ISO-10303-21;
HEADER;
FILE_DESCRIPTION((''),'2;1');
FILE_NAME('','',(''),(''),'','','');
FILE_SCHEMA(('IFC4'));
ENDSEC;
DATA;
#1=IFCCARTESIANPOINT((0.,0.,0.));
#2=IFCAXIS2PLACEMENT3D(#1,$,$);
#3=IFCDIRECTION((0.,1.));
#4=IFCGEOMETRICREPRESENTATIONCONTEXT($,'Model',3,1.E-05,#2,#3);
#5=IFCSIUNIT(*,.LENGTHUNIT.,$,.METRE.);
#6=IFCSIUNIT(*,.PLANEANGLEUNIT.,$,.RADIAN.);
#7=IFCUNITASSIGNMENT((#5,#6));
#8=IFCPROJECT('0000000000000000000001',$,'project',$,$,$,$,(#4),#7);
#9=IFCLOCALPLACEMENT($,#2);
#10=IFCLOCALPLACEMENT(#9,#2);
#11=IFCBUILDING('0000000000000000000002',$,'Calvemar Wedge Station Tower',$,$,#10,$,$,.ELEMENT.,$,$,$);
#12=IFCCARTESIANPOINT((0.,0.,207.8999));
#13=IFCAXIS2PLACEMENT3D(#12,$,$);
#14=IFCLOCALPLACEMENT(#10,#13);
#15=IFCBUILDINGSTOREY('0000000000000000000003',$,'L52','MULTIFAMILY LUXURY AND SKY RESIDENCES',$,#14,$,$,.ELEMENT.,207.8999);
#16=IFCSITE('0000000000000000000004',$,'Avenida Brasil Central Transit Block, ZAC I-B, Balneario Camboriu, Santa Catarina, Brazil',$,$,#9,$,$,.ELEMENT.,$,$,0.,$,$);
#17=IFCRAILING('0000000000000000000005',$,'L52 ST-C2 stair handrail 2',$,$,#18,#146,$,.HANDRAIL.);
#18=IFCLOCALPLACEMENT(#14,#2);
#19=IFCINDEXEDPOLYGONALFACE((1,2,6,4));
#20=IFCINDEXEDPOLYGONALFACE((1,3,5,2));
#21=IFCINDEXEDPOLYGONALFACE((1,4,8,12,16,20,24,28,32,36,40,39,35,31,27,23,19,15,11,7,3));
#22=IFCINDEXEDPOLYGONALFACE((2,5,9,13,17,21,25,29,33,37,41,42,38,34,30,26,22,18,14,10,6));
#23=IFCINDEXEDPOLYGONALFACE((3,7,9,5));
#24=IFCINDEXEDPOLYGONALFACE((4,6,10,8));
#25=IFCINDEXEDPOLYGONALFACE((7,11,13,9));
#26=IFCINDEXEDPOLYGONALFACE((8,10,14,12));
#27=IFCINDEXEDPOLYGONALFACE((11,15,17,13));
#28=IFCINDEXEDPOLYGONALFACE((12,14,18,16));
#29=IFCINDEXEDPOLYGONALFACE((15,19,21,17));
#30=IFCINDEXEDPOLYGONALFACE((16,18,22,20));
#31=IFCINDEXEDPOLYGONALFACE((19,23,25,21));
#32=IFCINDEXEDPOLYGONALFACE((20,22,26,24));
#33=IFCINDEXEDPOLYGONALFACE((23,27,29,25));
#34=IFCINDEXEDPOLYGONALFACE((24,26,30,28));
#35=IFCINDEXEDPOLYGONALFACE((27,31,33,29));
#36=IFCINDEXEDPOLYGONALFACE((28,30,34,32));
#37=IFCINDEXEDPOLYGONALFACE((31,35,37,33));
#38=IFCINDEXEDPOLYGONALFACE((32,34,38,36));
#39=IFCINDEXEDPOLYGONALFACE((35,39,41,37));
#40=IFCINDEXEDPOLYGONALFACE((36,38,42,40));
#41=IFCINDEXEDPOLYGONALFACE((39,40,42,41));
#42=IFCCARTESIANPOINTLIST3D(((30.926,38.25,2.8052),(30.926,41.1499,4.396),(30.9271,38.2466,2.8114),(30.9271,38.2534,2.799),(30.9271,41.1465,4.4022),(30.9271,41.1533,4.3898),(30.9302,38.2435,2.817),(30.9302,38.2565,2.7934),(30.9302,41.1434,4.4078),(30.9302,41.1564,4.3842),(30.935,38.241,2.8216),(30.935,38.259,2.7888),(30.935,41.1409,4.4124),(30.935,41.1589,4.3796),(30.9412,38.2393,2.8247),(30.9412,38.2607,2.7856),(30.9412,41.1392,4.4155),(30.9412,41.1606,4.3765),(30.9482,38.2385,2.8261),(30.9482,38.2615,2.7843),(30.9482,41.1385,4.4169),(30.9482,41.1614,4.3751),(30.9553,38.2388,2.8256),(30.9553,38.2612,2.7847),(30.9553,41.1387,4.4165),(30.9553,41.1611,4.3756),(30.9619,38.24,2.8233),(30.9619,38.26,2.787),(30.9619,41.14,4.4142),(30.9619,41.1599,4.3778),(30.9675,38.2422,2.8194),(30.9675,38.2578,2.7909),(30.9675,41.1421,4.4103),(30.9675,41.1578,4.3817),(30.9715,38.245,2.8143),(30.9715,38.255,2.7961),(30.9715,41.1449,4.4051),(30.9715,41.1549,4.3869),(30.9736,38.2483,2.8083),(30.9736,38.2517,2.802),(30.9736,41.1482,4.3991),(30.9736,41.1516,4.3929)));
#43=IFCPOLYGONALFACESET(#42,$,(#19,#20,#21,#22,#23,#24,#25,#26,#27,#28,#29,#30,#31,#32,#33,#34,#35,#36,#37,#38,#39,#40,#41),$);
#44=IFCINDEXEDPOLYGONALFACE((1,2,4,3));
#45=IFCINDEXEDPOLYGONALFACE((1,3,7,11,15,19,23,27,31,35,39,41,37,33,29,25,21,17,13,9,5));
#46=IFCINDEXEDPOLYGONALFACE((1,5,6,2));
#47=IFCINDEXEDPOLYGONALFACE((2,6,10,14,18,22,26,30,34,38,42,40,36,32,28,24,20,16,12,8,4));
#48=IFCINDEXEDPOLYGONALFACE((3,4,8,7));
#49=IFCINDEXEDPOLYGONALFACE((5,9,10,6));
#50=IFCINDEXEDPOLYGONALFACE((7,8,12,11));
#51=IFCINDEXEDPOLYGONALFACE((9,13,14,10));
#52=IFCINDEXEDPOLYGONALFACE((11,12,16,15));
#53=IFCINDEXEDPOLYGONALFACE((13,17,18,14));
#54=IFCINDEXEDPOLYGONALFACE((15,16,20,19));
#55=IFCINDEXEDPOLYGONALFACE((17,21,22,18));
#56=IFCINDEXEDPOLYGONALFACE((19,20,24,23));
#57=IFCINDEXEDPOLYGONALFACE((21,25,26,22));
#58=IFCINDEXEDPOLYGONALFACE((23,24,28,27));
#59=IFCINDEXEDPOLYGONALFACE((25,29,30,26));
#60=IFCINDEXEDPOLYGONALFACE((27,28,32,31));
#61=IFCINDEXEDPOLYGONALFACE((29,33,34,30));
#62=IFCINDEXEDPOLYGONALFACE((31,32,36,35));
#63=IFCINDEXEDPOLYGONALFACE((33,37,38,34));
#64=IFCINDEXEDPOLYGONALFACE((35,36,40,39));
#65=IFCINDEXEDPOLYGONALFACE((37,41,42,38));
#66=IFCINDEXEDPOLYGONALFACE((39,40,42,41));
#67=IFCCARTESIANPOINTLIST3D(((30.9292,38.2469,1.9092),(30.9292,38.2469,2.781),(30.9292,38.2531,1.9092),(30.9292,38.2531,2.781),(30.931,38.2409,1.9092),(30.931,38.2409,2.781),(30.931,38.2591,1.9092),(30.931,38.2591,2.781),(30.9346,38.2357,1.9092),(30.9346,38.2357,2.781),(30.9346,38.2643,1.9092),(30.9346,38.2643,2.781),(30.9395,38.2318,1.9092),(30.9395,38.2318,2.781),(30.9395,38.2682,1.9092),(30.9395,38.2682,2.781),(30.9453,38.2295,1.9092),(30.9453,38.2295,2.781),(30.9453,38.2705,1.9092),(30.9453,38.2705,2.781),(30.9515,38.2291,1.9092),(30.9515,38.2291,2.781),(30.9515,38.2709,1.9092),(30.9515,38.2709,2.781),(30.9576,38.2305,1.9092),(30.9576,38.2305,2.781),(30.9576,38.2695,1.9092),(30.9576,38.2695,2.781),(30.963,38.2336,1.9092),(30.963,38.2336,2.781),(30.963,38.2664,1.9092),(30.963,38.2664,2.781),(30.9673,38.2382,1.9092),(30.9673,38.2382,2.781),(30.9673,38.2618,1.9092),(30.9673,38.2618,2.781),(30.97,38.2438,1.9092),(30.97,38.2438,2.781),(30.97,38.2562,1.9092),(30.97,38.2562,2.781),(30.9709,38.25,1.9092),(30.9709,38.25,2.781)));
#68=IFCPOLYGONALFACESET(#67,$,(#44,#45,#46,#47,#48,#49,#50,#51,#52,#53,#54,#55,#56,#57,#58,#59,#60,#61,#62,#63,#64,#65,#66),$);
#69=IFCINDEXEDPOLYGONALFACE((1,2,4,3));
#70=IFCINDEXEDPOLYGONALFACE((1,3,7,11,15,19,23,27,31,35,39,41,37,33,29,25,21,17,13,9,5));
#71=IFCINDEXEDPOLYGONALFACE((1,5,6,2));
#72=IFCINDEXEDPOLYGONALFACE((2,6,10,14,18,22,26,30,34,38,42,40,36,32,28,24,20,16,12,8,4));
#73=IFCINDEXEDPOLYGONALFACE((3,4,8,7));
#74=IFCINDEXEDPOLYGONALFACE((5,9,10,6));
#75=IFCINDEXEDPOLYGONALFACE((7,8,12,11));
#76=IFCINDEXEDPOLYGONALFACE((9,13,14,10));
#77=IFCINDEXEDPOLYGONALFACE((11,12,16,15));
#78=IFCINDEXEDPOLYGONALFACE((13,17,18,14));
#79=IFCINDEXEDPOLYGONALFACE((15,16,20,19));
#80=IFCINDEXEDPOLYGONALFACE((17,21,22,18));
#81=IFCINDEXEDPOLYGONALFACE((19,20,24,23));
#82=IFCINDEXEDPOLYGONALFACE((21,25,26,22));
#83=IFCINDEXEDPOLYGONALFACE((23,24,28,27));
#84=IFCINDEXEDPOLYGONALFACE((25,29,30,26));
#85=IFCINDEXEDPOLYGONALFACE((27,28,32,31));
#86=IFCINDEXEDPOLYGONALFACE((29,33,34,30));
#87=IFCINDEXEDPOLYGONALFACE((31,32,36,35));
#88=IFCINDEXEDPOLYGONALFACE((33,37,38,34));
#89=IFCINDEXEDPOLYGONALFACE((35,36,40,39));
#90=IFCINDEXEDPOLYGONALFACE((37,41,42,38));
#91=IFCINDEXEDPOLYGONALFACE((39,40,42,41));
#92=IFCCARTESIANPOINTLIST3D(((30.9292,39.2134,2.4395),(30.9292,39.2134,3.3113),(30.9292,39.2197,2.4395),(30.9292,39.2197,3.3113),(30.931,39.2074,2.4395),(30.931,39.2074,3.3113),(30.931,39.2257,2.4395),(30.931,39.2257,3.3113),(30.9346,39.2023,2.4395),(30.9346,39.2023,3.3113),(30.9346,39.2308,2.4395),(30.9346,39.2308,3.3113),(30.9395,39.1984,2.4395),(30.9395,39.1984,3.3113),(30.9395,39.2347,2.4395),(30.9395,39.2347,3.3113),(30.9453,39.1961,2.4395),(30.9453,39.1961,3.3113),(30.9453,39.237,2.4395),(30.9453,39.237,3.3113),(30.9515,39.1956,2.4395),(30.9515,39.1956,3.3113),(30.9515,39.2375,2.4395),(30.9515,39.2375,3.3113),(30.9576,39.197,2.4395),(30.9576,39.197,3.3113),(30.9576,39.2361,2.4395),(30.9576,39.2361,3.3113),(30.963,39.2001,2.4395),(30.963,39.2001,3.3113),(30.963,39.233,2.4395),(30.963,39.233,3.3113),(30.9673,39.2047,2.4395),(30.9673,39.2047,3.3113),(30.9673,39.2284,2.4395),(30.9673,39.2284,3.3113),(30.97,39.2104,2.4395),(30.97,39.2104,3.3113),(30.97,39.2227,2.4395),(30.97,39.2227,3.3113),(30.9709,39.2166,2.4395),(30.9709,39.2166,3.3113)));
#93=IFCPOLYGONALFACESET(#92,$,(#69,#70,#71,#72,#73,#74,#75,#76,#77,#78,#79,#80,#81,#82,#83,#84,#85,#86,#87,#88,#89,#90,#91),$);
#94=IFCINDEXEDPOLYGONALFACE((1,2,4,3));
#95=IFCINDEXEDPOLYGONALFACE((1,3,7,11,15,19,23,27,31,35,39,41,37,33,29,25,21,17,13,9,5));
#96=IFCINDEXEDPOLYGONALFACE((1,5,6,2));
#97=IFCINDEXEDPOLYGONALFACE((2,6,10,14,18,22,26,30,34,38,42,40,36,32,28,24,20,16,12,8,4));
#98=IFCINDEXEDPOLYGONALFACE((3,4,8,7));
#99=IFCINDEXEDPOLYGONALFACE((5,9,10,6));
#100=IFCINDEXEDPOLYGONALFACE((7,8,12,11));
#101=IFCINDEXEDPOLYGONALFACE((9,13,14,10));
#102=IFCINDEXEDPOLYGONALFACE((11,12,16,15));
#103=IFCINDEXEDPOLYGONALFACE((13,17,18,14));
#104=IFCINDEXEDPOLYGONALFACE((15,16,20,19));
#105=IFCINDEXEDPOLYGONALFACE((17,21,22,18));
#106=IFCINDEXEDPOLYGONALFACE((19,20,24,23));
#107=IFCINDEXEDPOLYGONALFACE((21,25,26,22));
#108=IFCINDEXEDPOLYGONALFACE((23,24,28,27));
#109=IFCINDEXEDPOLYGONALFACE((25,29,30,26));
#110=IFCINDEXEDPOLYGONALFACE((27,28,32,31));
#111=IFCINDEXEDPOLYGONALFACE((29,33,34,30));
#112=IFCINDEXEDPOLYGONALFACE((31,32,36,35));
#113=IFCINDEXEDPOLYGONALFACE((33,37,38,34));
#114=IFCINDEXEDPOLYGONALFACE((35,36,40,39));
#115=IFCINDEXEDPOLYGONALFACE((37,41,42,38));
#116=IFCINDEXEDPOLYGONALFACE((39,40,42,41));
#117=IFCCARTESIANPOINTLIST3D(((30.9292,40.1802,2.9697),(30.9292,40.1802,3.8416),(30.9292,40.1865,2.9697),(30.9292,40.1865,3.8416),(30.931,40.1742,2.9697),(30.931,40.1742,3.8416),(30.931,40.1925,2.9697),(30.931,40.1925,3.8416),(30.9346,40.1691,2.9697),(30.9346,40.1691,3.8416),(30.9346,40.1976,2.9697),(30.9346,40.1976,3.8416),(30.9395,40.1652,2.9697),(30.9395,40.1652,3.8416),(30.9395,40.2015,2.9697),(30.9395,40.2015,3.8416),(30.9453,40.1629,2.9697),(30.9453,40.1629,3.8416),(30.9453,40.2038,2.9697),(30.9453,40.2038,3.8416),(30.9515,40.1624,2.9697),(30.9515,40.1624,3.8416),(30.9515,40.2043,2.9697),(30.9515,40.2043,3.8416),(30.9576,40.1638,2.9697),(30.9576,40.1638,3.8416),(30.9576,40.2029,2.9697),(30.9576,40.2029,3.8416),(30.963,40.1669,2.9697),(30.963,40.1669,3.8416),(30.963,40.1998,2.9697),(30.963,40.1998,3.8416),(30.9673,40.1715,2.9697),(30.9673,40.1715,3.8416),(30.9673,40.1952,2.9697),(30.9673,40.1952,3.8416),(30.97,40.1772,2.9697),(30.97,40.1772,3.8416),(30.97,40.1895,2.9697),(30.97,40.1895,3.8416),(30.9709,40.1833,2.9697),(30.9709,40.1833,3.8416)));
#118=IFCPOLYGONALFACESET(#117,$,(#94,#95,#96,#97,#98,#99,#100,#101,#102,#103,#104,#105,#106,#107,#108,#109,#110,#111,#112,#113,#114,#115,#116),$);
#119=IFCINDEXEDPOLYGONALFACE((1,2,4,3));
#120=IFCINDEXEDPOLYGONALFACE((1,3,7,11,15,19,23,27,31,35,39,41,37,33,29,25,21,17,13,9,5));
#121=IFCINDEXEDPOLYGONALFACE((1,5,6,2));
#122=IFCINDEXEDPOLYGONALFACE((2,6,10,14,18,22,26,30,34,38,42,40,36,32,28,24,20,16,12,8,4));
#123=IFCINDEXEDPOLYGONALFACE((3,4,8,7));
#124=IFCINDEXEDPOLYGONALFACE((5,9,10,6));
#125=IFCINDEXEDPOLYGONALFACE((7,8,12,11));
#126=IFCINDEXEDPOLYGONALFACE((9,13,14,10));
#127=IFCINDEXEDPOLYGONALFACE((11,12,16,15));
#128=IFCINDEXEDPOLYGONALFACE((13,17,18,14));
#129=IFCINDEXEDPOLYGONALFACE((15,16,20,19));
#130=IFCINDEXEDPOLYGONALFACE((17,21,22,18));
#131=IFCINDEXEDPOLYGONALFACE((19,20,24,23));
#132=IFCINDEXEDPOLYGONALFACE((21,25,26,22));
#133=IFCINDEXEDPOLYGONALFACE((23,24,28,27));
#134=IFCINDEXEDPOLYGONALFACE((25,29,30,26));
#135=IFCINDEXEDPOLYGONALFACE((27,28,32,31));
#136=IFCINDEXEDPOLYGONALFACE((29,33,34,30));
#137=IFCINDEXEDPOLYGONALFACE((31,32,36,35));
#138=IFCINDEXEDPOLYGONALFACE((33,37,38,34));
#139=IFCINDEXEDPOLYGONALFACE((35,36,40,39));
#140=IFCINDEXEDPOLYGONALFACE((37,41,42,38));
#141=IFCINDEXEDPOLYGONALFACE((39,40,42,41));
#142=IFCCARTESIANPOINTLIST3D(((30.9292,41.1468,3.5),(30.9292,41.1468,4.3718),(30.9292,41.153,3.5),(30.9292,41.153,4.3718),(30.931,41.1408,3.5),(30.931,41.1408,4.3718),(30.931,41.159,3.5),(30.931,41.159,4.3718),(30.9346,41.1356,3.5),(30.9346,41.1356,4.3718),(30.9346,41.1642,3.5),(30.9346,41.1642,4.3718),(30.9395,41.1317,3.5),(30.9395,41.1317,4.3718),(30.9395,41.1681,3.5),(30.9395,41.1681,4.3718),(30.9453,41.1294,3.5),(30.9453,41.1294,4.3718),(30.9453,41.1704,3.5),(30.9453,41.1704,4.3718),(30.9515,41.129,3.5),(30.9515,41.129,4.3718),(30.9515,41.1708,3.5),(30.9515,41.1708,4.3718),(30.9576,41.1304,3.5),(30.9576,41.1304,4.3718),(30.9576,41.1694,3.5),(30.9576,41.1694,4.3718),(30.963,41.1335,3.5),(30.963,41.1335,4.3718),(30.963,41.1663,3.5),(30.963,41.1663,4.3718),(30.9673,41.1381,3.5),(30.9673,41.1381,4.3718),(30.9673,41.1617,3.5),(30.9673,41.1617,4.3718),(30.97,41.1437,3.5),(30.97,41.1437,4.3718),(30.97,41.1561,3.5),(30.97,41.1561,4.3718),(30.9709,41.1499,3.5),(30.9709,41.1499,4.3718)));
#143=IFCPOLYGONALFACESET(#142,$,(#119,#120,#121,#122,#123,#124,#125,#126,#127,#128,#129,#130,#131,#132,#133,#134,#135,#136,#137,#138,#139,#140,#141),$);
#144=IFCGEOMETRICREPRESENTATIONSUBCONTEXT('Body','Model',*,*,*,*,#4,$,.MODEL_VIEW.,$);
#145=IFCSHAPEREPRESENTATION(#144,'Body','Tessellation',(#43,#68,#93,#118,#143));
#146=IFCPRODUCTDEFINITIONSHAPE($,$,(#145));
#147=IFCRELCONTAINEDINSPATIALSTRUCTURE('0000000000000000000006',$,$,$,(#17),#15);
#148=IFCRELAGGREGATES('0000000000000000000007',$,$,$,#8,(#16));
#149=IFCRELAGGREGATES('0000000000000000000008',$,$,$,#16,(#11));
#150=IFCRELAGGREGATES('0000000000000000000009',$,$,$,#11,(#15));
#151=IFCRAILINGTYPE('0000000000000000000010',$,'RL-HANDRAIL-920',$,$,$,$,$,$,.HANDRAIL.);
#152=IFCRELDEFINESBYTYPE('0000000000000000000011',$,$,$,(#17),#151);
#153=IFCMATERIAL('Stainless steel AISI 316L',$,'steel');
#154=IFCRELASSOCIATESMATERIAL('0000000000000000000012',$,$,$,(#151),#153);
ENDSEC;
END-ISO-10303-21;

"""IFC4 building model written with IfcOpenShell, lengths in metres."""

from ifc_helpers import new_model, si_unit, direction, frame, origin, origin_2d, place, context, subcontext, project, spatial, circle, extrude, material, type_object, element, save


model = new_model("IFC4")

# Units and contexts
model_context = context("Model", 3, precision=1e-05, world=origin(), true_north=direction((0.0, 1.0)))
body_context = subcontext(model_context, "Body", "Model", "MODEL_VIEW")
ifc_project = project(units=[si_unit("LENGTHUNIT", "METRE"), si_unit("PLANEANGLEUNIT", "RADIAN")], contexts=[model_context])

# Site, building, storey
site_placement = place(None, origin())
site = spatial("IfcSite", under=ifc_project, at=site_placement, Name="Avenida Brasil Central Transit Block, ZAC I-B, Balneario Camboriu, Santa Catarina, Brazil", CompositionType="ELEMENT", RefElevation=0.0)
building_placement = place(site_placement, origin())
building = spatial("IfcBuilding", under=site, at=building_placement, Name="Calvemar Wedge Station Tower", CompositionType="ELEMENT")
storey_placement = place(building_placement, frame((0.0, 0.0, 207.8999)))
storey = spatial("IfcBuildingStorey", under=building, at=storey_placement, Name="L52", Description="MULTIFAMILY LUXURY AND SKY RESIDENCES", CompositionType="ELEMENT", Elevation=207.8999)

# Railing
ifc_material_1 = material(Name="Stainless steel AISI 316L", Category="steel")
railing_type_1 = type_object("IfcRailingType", Name="RL-HANDRAIL-920", PredefinedType="HANDRAIL", material=ifc_material_1)
railing_1_placement = place(storey_placement, frame((30.95, 38.25, 1.9092)))
element("IfcRailing", 1, at=railing_1_placement, inside=storey, type_object=railing_type_1, Name="L52 ST-C2 stair handrail 2", PredefinedType="HANDRAIL", context=body_context, shape_type="SweptSolid", body=[
    extrude(circle(Radius=0.0239, at=origin_2d()), frame((0.0, 0.0, 0.896), z_axis=(0.0, 0.876742, 0.480961), x_axis=(-1.0, 0.0, 0.0)), (0.0, 0.0, 1.0), 3.3076),
    extrude(circle(Radius=0.021, at=origin_2d()), origin(), (0.0, 0.0, 1.0), 0.8718),
    extrude(circle(Radius=0.021, at=origin_2d()), frame((0.0, 0.9666, 0.5303)), (0.0, 0.0, 1.0), 0.8718),
    extrude(circle(Radius=0.021, at=origin_2d()), frame((0.0, 1.9333, 1.0605)), (0.0, 0.0, 1.0), 0.8718),
    extrude(circle(Radius=0.021, at=origin_2d()), frame((0.0, 2.8999, 1.5908)), (0.0, 0.0, 1.0), 0.8718),
])

save(model, "model.ifc")
